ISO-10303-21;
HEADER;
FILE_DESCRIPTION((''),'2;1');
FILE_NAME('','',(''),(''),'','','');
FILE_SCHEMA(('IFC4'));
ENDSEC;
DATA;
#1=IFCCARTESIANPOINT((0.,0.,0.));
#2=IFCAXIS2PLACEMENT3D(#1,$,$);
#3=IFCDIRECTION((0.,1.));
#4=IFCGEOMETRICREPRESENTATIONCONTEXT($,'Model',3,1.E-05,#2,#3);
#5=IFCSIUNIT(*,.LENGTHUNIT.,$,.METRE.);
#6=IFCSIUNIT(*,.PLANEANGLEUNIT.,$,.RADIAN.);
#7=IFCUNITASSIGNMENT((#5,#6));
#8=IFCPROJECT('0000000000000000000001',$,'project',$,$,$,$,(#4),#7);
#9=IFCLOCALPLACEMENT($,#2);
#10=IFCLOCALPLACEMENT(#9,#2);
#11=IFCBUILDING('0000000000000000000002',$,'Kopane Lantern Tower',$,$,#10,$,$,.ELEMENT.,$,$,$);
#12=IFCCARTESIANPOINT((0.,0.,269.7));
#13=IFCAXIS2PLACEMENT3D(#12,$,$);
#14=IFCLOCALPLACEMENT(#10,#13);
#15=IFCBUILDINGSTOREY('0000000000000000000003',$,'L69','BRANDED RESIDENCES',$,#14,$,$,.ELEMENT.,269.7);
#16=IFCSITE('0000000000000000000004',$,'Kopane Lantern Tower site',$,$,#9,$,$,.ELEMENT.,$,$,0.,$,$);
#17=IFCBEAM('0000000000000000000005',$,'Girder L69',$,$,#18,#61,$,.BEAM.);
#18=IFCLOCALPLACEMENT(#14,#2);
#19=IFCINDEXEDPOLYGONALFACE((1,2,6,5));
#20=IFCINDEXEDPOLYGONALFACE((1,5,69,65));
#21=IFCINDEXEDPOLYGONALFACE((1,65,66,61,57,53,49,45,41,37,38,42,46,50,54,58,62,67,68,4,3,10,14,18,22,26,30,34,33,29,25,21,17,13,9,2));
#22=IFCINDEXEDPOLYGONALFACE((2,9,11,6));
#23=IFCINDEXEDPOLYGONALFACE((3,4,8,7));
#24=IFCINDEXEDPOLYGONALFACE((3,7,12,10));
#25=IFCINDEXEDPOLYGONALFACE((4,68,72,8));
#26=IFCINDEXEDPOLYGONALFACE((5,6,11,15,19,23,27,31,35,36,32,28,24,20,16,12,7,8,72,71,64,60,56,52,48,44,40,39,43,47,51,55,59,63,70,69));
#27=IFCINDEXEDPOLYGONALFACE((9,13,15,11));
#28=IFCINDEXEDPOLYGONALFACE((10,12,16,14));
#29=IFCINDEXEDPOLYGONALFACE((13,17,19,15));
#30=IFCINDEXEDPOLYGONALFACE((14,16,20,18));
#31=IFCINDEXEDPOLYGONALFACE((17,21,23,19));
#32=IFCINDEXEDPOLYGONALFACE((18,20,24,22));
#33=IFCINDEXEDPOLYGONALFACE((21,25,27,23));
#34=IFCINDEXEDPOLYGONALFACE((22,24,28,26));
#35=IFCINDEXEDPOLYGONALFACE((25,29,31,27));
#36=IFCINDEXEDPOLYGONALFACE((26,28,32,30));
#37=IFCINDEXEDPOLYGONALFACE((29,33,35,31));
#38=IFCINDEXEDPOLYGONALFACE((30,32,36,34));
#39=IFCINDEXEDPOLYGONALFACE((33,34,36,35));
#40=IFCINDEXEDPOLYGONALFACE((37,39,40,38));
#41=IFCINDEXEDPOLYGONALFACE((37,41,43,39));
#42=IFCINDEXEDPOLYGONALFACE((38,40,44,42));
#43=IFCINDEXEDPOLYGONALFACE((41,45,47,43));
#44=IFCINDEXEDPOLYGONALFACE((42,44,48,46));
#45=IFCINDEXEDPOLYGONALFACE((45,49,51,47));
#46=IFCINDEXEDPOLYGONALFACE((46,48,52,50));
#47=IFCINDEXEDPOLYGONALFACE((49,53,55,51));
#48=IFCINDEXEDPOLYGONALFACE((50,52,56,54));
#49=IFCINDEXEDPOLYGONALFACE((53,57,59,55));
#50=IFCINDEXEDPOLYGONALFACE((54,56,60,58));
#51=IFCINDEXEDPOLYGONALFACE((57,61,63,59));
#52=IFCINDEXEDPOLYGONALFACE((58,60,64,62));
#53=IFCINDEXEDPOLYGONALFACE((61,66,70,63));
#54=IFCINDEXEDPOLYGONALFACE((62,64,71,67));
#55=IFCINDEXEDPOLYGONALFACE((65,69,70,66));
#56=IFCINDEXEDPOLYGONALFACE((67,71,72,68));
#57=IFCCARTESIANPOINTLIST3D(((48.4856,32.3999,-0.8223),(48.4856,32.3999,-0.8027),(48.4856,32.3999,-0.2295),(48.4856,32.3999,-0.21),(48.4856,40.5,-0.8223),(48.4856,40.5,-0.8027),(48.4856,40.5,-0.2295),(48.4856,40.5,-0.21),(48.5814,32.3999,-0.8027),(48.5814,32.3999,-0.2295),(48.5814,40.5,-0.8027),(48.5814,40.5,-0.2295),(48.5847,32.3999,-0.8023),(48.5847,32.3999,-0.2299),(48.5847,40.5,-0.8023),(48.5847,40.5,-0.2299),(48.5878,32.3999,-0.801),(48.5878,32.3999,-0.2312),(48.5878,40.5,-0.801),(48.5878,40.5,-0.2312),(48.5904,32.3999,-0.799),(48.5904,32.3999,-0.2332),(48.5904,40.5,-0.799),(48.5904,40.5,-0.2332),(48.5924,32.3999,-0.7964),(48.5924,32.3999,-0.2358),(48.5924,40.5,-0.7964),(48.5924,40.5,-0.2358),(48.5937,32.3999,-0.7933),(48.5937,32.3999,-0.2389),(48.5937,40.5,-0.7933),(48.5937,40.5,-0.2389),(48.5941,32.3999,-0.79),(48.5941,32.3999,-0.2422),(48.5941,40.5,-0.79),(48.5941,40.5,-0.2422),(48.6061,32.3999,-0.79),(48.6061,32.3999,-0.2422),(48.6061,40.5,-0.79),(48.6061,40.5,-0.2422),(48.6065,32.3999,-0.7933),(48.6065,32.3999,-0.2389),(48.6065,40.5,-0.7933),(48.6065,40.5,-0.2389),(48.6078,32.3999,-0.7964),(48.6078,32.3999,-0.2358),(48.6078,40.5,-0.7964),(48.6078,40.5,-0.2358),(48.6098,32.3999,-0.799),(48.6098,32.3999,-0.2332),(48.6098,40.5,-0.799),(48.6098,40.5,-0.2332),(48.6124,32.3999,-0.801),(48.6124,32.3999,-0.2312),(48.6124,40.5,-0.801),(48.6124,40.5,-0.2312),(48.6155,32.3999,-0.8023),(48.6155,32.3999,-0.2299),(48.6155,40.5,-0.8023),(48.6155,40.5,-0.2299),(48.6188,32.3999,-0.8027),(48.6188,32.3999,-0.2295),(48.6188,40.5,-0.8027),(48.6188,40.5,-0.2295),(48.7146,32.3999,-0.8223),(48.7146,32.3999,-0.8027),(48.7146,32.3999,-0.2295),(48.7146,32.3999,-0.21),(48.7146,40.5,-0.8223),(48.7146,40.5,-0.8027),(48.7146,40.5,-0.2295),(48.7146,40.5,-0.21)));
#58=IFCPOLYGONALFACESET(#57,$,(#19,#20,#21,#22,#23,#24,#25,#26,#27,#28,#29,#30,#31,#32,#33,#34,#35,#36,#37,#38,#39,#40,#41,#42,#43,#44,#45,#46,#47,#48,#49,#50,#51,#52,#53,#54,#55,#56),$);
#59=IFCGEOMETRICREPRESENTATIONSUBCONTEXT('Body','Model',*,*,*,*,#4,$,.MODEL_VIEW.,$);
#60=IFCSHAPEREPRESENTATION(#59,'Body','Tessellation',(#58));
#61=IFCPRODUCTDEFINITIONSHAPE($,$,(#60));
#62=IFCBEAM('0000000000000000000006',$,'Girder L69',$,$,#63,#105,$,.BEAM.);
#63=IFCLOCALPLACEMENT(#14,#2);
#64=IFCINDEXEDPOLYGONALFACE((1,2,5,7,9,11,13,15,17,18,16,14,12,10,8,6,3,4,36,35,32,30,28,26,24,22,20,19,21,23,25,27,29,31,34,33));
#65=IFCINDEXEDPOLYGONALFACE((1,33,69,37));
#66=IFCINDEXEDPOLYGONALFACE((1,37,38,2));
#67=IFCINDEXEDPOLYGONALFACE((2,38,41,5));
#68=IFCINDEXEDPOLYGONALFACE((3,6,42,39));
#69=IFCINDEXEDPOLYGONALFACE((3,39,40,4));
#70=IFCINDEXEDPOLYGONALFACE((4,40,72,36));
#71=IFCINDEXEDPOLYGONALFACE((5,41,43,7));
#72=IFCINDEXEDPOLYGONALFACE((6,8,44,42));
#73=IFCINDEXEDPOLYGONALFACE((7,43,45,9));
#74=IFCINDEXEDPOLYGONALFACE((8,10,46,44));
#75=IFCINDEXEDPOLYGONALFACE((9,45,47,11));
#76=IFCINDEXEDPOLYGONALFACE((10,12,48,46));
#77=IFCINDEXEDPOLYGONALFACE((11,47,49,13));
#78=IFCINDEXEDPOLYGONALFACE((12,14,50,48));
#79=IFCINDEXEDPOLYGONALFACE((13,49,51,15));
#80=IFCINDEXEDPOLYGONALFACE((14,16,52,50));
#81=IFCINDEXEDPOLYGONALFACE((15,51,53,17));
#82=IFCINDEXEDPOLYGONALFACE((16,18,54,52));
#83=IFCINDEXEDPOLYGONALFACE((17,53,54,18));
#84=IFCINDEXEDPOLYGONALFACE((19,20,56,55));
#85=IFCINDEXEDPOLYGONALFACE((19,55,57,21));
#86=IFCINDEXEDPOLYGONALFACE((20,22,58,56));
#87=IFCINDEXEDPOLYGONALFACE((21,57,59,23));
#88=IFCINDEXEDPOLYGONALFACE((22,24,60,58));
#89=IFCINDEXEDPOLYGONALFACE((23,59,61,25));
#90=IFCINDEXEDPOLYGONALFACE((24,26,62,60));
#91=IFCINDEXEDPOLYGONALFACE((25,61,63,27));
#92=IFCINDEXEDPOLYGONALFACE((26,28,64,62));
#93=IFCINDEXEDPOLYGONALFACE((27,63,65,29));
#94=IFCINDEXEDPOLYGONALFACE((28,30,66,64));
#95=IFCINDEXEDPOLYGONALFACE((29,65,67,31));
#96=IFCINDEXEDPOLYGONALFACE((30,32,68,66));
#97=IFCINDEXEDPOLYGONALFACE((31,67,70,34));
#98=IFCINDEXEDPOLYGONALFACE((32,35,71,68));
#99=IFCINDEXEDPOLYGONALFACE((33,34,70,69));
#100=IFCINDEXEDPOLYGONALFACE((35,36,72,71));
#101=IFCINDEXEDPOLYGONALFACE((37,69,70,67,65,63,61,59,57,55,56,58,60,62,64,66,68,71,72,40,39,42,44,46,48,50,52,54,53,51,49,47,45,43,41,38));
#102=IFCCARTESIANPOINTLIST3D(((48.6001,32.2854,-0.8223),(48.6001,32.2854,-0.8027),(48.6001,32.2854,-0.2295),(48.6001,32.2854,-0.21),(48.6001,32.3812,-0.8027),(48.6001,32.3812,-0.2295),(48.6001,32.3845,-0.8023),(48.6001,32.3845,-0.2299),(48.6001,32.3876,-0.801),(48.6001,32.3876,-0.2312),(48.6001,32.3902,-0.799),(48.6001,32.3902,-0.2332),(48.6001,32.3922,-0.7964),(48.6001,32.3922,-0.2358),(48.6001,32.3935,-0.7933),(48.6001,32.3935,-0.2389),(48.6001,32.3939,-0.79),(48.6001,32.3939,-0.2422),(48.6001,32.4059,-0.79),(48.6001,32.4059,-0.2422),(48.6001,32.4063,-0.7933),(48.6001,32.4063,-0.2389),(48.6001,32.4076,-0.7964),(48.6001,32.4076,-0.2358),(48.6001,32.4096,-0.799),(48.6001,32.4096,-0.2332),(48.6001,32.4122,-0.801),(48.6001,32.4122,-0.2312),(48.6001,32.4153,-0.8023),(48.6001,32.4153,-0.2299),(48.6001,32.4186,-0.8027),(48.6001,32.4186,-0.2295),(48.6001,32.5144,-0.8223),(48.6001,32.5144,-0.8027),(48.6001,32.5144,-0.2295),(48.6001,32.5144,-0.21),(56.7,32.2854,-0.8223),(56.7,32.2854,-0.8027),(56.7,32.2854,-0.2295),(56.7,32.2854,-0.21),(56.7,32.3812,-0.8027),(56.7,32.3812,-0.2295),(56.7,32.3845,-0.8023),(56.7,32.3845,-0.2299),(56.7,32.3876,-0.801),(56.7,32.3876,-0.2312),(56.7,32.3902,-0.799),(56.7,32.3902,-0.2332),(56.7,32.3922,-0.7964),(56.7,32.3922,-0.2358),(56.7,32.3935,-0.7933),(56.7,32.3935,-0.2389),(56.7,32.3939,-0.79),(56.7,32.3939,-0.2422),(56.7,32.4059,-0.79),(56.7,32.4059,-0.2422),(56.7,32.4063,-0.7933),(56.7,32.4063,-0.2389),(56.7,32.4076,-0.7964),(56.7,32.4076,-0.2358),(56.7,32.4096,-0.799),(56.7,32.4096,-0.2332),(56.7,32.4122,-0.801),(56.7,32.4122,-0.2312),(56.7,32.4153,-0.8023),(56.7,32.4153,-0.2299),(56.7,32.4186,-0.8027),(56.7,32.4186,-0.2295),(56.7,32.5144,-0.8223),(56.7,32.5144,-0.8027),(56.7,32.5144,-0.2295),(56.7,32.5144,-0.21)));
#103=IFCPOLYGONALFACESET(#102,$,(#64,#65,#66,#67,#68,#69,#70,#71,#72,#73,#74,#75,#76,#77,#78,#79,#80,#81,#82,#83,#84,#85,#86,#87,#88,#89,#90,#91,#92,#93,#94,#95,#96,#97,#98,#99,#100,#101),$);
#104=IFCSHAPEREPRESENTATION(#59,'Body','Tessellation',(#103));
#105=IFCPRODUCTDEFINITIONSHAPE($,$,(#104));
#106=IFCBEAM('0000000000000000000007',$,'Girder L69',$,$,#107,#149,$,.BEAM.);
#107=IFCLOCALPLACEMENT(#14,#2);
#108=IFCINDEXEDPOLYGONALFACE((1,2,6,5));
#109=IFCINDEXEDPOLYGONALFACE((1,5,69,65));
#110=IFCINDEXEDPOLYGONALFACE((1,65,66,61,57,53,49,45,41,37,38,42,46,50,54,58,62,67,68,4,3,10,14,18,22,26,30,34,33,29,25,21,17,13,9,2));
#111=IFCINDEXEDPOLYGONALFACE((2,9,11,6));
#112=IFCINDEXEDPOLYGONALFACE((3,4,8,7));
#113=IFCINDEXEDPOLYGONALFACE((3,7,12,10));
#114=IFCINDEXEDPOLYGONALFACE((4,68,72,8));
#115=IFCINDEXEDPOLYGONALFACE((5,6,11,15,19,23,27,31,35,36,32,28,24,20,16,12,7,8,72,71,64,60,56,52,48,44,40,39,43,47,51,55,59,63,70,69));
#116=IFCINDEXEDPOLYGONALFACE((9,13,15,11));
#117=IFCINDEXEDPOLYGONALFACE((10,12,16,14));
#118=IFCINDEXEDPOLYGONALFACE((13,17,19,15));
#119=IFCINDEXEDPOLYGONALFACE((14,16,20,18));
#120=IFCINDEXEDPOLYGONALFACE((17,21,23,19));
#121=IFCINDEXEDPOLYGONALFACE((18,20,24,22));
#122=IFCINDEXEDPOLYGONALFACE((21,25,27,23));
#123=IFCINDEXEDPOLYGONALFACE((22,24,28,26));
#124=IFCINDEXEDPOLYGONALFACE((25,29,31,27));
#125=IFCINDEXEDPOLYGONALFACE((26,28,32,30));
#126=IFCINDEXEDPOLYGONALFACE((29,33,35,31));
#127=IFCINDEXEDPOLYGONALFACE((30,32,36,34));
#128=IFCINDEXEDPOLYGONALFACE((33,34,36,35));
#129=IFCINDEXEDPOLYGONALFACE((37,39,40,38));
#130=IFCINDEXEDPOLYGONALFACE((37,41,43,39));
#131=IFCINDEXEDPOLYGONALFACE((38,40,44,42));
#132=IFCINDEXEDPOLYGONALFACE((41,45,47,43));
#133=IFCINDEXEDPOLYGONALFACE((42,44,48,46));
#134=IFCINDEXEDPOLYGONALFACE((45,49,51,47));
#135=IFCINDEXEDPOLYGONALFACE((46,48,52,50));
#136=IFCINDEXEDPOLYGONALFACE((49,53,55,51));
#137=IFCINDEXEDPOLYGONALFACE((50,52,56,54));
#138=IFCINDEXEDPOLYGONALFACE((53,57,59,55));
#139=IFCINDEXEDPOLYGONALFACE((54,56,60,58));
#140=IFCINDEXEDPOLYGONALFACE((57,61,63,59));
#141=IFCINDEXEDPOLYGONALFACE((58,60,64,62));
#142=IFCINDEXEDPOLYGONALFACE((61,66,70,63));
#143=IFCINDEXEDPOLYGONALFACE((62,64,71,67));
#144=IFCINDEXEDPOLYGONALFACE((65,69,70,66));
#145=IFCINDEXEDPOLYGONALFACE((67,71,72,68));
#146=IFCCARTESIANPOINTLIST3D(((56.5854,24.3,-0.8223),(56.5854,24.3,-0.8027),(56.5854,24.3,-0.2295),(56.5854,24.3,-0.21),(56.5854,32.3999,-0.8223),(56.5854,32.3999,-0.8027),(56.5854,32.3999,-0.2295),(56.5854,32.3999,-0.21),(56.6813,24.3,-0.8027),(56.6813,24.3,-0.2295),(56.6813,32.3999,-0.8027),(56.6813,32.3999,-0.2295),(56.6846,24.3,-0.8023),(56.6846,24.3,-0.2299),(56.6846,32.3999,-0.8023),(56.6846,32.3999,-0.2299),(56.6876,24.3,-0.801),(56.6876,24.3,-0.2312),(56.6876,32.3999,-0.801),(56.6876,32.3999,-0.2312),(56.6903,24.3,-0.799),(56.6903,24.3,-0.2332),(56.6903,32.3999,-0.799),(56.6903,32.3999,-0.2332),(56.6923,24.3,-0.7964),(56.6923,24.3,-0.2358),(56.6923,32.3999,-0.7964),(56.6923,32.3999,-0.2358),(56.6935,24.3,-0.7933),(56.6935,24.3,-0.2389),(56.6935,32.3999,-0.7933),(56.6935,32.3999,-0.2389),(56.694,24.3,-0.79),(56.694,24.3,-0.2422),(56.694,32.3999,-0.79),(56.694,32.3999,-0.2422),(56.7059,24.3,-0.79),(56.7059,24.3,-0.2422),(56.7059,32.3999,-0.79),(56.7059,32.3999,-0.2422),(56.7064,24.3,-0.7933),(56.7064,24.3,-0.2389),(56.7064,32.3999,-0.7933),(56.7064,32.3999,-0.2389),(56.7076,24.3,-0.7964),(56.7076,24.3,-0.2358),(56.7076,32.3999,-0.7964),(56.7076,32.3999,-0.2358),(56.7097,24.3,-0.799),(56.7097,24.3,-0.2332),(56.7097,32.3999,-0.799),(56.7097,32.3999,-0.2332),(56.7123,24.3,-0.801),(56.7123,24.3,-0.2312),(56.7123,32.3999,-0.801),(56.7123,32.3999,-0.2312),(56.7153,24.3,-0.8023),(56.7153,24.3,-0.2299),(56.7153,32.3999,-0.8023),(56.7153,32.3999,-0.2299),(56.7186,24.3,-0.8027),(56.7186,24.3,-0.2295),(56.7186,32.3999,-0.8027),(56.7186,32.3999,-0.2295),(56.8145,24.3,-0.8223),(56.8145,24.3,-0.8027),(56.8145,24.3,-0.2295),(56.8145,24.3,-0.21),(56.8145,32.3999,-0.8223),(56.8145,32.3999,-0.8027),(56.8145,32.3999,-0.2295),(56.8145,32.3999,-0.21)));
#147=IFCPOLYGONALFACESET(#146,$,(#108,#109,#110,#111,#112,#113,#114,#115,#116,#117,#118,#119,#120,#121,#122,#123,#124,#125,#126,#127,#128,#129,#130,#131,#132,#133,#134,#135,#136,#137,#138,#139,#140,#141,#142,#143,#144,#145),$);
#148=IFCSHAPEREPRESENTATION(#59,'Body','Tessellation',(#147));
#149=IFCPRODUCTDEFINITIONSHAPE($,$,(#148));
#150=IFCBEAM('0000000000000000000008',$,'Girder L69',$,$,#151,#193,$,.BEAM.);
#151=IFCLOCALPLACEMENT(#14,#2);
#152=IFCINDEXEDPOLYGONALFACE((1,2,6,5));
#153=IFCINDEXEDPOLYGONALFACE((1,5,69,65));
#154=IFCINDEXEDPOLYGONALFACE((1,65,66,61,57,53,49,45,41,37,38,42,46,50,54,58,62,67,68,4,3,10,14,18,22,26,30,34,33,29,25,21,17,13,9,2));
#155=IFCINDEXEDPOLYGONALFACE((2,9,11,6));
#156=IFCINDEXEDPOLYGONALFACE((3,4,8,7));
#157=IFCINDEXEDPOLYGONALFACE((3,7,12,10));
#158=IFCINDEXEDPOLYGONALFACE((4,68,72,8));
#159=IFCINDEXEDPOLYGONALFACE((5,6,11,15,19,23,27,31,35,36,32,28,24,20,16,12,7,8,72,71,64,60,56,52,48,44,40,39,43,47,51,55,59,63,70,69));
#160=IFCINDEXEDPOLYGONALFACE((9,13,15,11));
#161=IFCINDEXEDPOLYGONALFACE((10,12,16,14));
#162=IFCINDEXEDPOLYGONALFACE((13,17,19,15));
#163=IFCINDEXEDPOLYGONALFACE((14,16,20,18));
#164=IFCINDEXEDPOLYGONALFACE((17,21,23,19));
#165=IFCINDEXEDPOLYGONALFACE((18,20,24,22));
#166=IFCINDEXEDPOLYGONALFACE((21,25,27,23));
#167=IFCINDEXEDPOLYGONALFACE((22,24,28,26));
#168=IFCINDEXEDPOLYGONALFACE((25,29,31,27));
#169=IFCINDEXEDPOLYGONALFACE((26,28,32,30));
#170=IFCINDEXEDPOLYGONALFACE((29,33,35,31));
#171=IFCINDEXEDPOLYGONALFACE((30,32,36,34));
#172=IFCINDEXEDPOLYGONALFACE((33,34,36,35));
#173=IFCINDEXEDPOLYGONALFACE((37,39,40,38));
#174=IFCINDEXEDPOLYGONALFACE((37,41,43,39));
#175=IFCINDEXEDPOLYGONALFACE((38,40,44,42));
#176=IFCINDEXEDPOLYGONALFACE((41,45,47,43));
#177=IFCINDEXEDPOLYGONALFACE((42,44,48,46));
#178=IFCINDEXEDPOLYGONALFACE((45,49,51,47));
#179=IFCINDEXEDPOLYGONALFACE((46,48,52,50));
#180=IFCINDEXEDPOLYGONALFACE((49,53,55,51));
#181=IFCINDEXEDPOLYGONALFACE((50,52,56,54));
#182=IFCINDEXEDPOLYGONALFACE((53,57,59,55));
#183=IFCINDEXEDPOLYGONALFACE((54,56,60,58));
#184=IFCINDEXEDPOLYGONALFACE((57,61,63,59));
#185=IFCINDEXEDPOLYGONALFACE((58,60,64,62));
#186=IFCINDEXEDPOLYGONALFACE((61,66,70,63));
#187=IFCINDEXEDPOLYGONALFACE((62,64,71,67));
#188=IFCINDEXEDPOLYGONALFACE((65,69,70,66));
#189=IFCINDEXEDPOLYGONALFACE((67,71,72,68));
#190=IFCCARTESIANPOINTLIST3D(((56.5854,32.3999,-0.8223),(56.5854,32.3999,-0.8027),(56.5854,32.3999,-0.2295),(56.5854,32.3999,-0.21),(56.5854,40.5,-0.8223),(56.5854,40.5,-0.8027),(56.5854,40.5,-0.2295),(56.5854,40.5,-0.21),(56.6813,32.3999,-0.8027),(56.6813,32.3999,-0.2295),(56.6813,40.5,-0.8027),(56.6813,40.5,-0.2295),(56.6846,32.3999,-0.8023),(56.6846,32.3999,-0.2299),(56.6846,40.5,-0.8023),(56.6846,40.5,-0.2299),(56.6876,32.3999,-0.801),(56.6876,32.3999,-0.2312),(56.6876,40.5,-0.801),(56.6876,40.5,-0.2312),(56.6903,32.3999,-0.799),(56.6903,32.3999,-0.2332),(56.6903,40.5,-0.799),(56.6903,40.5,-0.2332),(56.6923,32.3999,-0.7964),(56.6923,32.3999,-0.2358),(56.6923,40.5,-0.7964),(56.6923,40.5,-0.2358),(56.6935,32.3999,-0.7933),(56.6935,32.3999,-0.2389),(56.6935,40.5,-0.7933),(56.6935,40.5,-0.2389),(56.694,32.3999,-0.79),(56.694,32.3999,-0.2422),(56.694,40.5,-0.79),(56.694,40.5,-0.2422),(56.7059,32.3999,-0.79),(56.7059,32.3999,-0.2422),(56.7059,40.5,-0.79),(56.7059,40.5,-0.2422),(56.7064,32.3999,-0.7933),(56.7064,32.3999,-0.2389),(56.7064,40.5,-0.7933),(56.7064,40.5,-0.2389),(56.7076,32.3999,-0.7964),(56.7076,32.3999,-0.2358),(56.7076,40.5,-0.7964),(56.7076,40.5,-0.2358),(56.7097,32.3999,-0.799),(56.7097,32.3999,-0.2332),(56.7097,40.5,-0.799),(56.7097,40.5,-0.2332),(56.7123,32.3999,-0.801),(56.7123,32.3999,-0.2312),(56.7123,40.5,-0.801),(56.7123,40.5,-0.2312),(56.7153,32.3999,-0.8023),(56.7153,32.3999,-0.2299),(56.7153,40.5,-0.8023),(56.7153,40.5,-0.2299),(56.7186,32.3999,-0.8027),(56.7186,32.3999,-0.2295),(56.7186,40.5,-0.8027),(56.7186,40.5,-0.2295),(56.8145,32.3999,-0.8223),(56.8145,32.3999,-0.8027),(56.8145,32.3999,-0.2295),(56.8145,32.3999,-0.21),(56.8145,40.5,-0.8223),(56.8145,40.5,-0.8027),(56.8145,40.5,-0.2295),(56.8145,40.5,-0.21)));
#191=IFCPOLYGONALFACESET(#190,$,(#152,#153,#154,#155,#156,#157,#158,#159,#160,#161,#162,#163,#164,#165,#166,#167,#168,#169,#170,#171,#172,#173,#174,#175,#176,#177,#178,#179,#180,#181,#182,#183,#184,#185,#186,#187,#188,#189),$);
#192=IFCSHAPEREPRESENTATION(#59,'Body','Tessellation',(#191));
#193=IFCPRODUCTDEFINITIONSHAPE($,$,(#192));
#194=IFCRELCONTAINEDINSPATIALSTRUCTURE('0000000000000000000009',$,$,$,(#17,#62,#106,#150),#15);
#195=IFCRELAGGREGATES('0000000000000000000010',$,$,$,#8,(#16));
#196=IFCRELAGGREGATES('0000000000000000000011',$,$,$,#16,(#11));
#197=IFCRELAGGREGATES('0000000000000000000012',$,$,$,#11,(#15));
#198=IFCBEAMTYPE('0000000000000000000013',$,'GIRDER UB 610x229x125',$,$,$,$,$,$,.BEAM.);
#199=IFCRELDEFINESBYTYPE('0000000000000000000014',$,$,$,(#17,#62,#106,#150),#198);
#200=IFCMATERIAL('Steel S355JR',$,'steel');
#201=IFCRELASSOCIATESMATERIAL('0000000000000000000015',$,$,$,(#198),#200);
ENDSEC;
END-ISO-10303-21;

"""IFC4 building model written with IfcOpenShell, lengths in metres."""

from ifc_helpers import new_model, si_unit, direction, frame, origin, origin_2d, place, context, subcontext, project, spatial, i_section, extrude, material, material_profile, profile_set, type_object, element, save


model = new_model("IFC4")

# Units and contexts
model_context = context("Model", 3, precision=1e-05, world=origin(), true_north=direction((0.0, 1.0)))
body_context = subcontext(model_context, "Body", "Model", "MODEL_VIEW")
ifc_project = project(units=[si_unit("LENGTHUNIT", "METRE"), si_unit("PLANEANGLEUNIT", "RADIAN")], contexts=[model_context])

# Site, building, storey
site_placement = place(None, origin())
site = spatial("IfcSite", under=ifc_project, at=site_placement, Name="Kopane Lantern Tower site", CompositionType="ELEMENT", RefElevation=0.0)
building_placement = place(site_placement, origin())
building = spatial("IfcBuilding", under=site, at=building_placement, Name="Kopane Lantern Tower", CompositionType="ELEMENT")
storey_placement = place(building_placement, frame((0.0, 0.0, 269.7)))
storey = spatial("IfcBuildingStorey", under=building, at=storey_placement, Name="L69", Description="BRANDED RESIDENCES", CompositionType="ELEMENT", Elevation=269.7)

# Beams
ifc_material_1 = material(Name="Steel S355JR", Category="steel")
ifc_material_profile_1 = material_profile(ifc_material_1, i_section(OverallWidth=0.229, OverallDepth=0.6123, WebThickness=0.012, FlangeThickness=0.0195, FilletRadius=0.0127, at=origin_2d()), Name="UB 610x229x125")
ifc_profile_set_1 = profile_set([ifc_material_profile_1], Name="Steel S355JR")
beam_type = type_object("IfcBeamType", Name="GIRDER UB 610x229x125", PredefinedType="BEAM", material=ifc_profile_set_1)
beam_1_placement = place(storey_placement, frame((48.6001, 32.3999, -0.5161), z_axis=(0.0, 1.0, 0.0), x_axis=(-1.0, 0.0, 0.0)))
element("IfcBeam", 1, at=beam_1_placement, inside=storey, type_object=beam_type, Name="Girder L69", PredefinedType="BEAM", context=body_context, shape_type="SweptSolid", body=[
    extrude(i_section(OverallWidth=0.229, OverallDepth=0.6123, WebThickness=0.012, FlangeThickness=0.0195, FilletRadius=0.0127, at=origin_2d()), origin(), (0.0, 0.0, 1.0), 8.1001),
])
for number, where, z_axis, x_axis, name in (
    (2, (48.6001, 32.3999, -0.5161), (1.0, 0.0, 0.0), (0.0, 1.0, 0.0), "Girder L69"),
    (3, (56.7, 24.3, -0.5161), (0.0, 1.0, 0.0), (-1.0, 0.0, 0.0), "Girder L69"),
):
    element("IfcBeam", number, at=place(storey_placement, frame(where, z_axis=z_axis, x_axis=x_axis)), inside=storey, type_object=beam_type, Name=name, PredefinedType="BEAM", context=body_context, shape_type="SweptSolid", body=[
        extrude(i_section(OverallWidth=0.229, OverallDepth=0.6123, WebThickness=0.012, FlangeThickness=0.0195, FilletRadius=0.0127, at=origin_2d()), origin(), (0.0, 0.0, 1.0), 8.0999),
    ])
beam_2_placement = place(storey_placement, frame((56.7, 32.3999, -0.5161), z_axis=(0.0, 1.0, 0.0), x_axis=(-1.0, 0.0, 0.0)))
element("IfcBeam", 4, at=beam_2_placement, inside=storey, type_object=beam_type, Name="Girder L69", PredefinedType="BEAM", context=body_context, shape_type="SweptSolid", body=[
    extrude(i_section(OverallWidth=0.229, OverallDepth=0.6123, WebThickness=0.012, FlangeThickness=0.0195, FilletRadius=0.0127, at=origin_2d()), origin(), (0.0, 0.0, 1.0), 8.1001),
])

save(model, "model.ifc")
